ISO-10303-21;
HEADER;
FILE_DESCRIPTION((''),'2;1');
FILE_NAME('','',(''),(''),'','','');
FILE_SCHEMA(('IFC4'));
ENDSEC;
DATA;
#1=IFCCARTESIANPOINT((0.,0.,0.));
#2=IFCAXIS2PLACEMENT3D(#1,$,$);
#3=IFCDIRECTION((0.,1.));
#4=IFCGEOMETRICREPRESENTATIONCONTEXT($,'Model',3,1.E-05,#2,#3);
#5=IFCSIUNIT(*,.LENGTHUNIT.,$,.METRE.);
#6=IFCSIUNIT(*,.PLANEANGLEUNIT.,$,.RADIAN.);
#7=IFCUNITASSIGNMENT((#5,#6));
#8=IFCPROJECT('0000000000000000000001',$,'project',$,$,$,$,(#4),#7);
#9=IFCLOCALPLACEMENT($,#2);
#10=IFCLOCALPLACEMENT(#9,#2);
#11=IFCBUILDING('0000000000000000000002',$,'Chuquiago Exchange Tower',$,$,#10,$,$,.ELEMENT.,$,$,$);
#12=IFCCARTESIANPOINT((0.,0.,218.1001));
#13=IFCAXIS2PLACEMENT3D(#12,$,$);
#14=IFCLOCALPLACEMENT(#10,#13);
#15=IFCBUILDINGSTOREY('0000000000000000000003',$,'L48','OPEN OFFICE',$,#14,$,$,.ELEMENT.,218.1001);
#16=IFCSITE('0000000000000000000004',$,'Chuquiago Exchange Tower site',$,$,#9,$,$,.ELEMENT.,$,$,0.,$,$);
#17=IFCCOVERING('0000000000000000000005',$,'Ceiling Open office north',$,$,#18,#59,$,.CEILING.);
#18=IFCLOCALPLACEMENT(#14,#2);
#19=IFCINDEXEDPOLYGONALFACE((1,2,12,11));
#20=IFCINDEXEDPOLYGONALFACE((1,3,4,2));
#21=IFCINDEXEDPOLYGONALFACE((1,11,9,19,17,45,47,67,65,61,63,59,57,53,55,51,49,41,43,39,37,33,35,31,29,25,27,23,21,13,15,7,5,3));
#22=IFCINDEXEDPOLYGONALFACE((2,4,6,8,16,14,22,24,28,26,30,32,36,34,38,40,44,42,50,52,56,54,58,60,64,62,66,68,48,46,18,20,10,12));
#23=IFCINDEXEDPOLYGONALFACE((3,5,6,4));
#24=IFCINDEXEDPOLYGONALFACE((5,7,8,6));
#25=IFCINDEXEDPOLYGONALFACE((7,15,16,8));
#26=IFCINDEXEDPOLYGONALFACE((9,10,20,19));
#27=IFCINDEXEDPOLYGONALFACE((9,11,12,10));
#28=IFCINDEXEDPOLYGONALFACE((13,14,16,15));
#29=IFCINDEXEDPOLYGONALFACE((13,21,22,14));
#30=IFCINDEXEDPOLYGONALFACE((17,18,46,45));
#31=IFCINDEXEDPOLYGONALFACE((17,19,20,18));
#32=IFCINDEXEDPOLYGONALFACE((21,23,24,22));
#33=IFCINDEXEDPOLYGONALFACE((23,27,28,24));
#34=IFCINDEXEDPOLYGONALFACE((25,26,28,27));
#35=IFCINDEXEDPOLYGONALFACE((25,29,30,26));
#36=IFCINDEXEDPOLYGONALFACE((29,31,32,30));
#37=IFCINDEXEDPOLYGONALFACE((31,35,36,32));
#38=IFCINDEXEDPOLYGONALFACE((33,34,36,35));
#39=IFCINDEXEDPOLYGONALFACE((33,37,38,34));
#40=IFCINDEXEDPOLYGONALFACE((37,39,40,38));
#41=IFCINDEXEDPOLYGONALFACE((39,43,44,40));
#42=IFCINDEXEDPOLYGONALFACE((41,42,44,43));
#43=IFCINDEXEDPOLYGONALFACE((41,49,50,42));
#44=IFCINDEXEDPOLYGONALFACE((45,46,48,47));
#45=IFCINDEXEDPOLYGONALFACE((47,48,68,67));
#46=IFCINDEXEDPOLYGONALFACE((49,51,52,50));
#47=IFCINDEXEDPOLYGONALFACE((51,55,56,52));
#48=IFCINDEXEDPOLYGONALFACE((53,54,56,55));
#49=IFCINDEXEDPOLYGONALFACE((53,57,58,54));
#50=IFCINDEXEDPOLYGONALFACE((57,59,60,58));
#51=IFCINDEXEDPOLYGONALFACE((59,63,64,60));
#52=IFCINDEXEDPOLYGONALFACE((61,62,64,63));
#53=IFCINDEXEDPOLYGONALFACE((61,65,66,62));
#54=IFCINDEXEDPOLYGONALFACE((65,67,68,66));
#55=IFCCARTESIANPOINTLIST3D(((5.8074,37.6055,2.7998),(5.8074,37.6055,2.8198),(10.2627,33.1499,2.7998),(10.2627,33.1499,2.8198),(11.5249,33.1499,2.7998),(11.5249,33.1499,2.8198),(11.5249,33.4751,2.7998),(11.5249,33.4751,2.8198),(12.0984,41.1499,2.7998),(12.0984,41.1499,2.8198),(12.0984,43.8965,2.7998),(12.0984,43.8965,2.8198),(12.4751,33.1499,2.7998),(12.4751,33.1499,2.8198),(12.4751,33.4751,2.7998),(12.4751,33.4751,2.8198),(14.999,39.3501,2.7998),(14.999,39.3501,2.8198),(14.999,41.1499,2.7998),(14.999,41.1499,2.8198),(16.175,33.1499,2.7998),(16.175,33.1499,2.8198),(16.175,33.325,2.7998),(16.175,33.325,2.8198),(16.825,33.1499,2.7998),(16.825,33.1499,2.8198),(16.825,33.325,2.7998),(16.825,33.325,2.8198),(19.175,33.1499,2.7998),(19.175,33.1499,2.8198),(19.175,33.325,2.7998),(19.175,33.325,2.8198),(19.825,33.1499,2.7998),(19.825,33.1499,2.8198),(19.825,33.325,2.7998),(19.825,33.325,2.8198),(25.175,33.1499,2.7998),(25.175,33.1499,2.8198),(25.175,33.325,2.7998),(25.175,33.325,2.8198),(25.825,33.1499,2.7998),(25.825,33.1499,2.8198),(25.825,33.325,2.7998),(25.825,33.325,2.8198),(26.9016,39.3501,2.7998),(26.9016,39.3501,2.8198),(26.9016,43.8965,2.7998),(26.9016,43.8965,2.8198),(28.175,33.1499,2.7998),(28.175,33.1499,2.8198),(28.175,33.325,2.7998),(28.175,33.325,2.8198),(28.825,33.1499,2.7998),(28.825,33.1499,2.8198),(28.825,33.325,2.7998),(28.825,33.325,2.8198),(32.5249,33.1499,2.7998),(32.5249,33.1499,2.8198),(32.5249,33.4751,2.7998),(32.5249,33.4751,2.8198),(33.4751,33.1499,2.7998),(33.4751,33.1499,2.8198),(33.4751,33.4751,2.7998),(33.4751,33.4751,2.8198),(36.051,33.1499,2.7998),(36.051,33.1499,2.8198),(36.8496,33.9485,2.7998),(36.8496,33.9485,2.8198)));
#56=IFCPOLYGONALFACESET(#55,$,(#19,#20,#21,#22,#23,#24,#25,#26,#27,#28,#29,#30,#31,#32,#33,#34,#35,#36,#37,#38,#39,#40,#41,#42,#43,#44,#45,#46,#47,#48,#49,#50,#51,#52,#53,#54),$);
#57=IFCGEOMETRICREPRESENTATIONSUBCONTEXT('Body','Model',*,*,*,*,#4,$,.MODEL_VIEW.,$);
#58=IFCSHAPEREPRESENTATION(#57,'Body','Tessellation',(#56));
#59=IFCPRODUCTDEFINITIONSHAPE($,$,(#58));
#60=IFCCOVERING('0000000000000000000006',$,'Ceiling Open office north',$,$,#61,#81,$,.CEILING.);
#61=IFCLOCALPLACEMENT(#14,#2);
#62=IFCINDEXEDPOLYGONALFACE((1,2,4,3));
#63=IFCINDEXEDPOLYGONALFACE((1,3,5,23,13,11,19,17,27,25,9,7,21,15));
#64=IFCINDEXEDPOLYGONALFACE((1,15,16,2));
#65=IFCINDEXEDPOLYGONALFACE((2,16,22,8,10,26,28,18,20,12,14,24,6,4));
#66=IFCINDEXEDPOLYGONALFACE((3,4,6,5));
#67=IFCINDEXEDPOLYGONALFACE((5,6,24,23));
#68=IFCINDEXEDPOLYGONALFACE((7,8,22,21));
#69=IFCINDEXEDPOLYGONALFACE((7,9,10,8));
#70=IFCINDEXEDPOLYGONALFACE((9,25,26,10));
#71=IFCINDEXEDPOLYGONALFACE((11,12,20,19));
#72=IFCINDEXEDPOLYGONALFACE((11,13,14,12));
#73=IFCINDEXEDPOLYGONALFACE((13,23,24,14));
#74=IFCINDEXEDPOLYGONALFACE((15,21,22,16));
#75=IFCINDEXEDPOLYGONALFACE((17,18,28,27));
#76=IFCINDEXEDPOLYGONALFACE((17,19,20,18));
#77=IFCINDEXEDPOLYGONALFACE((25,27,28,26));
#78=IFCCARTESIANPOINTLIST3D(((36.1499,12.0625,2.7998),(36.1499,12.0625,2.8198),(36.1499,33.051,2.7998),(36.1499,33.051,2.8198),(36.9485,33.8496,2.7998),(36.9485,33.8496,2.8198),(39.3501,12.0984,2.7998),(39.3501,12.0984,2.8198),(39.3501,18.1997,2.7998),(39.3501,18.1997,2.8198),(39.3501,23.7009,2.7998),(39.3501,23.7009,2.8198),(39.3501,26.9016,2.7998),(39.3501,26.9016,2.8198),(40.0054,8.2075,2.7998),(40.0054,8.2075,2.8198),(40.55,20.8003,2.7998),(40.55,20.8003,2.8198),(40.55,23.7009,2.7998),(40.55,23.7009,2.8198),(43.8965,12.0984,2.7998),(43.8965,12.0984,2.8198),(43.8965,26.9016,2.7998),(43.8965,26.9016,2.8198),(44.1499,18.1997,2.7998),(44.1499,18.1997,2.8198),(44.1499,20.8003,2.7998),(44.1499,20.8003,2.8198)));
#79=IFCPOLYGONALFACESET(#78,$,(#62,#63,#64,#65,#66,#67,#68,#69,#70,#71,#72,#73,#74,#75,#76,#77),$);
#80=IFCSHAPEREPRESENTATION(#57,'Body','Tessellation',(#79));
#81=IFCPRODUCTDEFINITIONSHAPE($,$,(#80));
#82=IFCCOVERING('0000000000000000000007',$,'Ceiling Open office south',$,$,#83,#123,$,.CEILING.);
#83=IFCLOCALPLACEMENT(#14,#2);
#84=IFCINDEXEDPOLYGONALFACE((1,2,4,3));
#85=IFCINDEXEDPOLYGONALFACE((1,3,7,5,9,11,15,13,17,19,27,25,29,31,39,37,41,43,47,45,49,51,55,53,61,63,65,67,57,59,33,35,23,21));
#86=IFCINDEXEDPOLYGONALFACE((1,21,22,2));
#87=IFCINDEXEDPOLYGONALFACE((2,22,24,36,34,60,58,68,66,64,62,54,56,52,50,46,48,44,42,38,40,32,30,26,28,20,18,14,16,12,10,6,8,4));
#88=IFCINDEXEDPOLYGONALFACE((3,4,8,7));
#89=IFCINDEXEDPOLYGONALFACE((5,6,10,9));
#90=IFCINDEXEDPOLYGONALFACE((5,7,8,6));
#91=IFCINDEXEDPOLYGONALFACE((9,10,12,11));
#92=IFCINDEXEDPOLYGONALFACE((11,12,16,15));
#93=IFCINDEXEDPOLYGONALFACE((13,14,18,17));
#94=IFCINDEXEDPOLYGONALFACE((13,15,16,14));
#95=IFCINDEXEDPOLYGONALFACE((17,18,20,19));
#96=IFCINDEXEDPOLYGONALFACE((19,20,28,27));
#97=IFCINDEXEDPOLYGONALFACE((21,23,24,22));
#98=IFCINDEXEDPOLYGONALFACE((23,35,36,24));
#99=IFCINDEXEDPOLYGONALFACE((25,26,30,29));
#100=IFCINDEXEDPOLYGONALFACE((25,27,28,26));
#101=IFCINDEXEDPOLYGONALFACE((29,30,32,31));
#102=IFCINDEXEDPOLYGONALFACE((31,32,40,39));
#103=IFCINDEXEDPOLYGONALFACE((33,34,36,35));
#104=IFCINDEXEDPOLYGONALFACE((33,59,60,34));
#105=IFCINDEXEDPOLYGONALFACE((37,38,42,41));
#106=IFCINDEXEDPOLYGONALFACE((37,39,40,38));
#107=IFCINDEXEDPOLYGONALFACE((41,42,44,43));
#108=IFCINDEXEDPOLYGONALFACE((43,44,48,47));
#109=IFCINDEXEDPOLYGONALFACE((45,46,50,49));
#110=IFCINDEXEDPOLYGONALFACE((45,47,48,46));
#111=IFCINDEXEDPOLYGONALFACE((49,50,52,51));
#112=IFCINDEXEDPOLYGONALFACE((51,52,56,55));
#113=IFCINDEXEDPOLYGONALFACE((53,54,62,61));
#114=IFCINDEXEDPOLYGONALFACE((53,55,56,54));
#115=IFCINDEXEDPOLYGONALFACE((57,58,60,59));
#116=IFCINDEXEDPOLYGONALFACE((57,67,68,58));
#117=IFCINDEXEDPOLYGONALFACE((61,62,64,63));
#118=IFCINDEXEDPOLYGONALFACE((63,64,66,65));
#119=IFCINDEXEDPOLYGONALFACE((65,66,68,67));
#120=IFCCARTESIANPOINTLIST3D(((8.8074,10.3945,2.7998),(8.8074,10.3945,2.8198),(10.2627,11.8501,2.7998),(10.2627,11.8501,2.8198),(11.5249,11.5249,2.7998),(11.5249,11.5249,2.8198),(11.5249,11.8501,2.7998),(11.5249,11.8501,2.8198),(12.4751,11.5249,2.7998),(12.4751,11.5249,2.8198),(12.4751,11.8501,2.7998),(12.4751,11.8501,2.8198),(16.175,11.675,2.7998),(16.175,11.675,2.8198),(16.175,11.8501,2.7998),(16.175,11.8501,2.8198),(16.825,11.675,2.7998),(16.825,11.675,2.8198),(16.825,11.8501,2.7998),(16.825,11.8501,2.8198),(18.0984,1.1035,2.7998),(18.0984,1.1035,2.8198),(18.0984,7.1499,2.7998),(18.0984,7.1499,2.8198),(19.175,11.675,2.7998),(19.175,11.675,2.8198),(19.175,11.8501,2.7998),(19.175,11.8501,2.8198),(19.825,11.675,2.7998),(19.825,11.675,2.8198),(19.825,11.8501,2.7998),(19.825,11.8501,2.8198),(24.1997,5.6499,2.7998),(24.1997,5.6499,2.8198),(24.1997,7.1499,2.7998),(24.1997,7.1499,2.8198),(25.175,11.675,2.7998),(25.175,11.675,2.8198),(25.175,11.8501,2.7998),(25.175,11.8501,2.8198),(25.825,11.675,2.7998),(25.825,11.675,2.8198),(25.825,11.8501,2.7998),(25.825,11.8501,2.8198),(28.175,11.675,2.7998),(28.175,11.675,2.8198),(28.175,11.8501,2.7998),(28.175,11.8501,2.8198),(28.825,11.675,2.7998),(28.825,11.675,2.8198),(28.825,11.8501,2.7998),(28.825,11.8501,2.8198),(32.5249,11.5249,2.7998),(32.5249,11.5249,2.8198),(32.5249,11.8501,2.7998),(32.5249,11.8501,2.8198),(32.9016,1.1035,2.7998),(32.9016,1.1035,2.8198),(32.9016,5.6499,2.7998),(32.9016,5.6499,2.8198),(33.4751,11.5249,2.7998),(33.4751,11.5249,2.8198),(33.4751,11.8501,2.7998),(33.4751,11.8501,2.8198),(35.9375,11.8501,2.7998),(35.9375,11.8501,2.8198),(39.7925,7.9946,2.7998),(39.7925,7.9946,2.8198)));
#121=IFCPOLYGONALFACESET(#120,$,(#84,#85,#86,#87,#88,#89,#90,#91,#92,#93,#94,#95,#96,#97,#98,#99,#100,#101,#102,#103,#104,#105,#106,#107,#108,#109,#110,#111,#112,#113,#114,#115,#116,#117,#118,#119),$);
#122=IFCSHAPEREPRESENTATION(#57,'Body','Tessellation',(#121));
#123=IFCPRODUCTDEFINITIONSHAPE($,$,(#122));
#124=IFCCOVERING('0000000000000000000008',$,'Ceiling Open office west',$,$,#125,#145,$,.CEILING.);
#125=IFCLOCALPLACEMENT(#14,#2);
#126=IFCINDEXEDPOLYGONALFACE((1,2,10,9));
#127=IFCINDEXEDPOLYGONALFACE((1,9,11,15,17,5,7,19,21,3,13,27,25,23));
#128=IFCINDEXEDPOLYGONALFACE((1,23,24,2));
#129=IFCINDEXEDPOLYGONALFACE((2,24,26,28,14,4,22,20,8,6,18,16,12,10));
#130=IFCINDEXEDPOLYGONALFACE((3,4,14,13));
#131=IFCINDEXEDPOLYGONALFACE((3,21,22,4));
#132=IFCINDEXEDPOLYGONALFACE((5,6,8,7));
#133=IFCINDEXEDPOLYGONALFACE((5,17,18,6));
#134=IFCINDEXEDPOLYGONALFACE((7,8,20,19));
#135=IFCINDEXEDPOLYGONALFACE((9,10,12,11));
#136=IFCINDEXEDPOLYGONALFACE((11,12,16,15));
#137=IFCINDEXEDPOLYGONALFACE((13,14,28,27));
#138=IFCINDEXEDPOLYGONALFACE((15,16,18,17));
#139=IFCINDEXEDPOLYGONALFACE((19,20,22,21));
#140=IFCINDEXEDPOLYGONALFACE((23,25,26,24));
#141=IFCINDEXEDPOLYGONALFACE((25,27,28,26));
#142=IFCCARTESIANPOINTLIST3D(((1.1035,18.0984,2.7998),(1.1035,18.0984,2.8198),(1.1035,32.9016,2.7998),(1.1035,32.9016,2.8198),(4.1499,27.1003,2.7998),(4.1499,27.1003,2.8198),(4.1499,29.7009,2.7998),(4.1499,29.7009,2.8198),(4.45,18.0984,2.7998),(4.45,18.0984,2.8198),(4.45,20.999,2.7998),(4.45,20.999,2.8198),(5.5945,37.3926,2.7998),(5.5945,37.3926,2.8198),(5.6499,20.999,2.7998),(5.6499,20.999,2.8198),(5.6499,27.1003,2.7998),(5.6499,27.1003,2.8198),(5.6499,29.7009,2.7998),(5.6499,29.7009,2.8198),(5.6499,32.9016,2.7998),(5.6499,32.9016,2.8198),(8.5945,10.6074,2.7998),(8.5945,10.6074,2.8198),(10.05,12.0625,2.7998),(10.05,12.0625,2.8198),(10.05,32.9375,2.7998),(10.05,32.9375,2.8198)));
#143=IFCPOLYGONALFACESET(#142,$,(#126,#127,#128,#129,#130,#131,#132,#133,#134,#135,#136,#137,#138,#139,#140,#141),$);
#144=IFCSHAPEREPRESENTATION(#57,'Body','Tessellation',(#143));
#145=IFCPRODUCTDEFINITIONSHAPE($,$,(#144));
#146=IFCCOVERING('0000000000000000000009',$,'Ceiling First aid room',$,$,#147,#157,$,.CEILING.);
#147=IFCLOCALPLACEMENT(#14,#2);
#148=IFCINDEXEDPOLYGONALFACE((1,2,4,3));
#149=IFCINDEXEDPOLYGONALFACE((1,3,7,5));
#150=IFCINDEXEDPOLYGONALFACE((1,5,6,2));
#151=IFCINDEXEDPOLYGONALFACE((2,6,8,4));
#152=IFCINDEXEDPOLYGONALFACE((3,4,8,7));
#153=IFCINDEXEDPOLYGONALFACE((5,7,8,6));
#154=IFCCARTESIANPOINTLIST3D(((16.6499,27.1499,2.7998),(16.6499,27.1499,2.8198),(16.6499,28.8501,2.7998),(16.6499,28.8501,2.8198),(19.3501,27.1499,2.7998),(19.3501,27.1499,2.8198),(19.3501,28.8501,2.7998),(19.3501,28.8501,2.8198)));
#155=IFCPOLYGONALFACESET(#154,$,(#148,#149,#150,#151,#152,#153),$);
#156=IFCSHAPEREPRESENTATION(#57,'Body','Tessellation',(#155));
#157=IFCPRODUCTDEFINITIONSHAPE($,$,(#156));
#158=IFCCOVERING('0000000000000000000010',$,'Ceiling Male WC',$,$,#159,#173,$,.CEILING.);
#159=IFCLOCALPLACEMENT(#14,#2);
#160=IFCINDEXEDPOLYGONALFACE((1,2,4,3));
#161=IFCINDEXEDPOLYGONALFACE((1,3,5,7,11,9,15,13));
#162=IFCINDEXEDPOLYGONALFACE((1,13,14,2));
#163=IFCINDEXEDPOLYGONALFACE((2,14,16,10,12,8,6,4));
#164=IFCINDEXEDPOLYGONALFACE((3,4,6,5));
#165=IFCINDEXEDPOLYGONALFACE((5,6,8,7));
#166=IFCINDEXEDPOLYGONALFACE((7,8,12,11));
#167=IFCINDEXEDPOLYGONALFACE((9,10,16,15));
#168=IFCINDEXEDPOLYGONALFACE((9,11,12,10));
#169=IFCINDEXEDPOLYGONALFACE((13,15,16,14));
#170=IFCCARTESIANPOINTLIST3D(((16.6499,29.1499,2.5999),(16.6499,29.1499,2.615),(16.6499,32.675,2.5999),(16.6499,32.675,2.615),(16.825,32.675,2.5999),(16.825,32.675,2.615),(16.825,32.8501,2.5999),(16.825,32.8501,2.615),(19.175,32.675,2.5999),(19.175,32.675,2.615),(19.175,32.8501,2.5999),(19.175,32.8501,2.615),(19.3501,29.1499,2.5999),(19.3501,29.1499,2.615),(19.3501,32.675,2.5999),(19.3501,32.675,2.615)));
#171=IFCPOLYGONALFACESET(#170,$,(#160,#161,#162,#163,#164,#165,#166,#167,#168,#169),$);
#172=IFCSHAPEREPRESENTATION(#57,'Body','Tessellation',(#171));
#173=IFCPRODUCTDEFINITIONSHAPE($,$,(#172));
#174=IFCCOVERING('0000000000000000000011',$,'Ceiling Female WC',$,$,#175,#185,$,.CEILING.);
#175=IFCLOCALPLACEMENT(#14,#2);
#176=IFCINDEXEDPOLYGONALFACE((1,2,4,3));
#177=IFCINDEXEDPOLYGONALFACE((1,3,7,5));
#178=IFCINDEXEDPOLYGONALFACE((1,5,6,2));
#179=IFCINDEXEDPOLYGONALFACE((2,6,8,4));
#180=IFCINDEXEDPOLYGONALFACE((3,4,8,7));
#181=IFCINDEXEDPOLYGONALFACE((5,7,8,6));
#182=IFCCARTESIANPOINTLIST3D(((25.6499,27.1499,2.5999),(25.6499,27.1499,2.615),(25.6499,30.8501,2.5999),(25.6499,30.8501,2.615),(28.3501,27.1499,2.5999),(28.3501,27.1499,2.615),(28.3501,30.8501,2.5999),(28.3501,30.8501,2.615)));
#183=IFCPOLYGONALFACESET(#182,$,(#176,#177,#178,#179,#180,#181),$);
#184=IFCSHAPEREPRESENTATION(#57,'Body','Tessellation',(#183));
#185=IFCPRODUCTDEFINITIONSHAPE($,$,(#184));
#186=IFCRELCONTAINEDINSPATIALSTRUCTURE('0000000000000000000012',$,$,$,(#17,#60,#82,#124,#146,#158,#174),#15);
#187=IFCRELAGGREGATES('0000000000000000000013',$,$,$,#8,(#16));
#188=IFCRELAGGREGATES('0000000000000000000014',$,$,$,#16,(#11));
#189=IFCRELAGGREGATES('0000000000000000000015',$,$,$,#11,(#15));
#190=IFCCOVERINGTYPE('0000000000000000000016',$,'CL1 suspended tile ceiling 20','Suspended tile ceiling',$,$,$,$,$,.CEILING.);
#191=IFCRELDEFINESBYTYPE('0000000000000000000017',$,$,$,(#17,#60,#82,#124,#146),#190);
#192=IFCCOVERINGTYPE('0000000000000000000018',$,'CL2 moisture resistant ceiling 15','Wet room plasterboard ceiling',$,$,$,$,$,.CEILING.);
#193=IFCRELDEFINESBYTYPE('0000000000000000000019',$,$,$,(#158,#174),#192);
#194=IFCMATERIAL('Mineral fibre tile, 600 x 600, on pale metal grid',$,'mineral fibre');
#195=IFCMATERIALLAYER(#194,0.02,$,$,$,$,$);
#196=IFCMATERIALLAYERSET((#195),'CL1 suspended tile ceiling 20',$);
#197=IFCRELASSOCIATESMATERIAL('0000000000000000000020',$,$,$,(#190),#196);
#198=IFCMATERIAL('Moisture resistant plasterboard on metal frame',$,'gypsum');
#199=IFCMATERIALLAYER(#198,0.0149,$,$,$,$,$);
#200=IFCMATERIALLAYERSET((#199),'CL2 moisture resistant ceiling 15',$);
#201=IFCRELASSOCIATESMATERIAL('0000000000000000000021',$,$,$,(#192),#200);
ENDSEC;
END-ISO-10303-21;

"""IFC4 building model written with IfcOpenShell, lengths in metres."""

from ifc_helpers import new_model, si_unit, direction, frame, origin, place, context, subcontext, project, spatial, polyline, outline, extrude, material, layer, layer_set, type_object, element, save


model = new_model("IFC4")

# Units and contexts
model_context = context("Model", 3, precision=1e-05, world=origin(), true_north=direction((0.0, 1.0)))
body_context = subcontext(model_context, "Body", "Model", "MODEL_VIEW")
ifc_project = project(units=[si_unit("LENGTHUNIT", "METRE"), si_unit("PLANEANGLEUNIT", "RADIAN")], contexts=[model_context])

# Site, building, storey
site_placement = place(None, origin())
site = spatial("IfcSite", under=ifc_project, at=site_placement, Name="Chuquiago Exchange Tower site", CompositionType="ELEMENT", RefElevation=0.0)
building_placement = place(site_placement, origin())
building = spatial("IfcBuilding", under=site, at=building_placement, Name="Chuquiago Exchange Tower", CompositionType="ELEMENT")
storey_placement = place(building_placement, frame((0.0, 0.0, 218.1001)))
storey = spatial("IfcBuildingStorey", under=building, at=storey_placement, Name="L48", Description="OPEN OFFICE", CompositionType="ELEMENT", Elevation=218.1001)

# Coverings
ifc_material_1 = material(Name="Mineral fibre tile, 600 x 600, on pale metal grid", Category="mineral fibre")
ifc_layer_1 = layer(ifc_material_1, 0.02)
ifc_layer_set_1 = layer_set([ifc_layer_1], Name="CL1 suspended tile ceiling 20")
covering_type_1 = type_object("IfcCoveringType", Name="CL1 suspended tile ceiling 20", Description="Suspended tile ceiling", PredefinedType="CEILING", material=ifc_layer_set_1)
covering_1_placement = place(storey_placement, frame((0.0, 0.0, 2.7998)))
element("IfcCovering", 1, at=covering_1_placement, inside=storey, type_object=covering_type_1, Name="Ceiling Open office north", PredefinedType="CEILING", context=body_context, shape_type="SweptSolid", body=[
    extrude(outline(polyline([(14.999, 41.1499), (14.999, 39.3501), (26.9016, 39.3501), (26.9016, 43.8965), (36.8496, 33.9485), (36.051, 33.1499), (33.4751, 33.1499), (33.4751, 33.4751), (32.5249, 33.4751), (32.5249, 33.1499), (28.825, 33.1499), (28.825, 33.325), (28.175, 33.325), (28.175, 33.1499), (25.825, 33.1499), (25.825, 33.325), (25.175, 33.325), (25.175, 33.1499), (19.825, 33.1499), (19.825, 33.325), (19.175, 33.325), (19.175, 33.1499), (16.825, 33.1499), (16.825, 33.325), (16.175, 33.325), (16.175, 33.1499), (12.4751, 33.1499), (12.4751, 33.4751), (11.5249, 33.4751), (11.5249, 33.1499), (10.2627, 33.1499), (5.8074, 37.6055), (12.0984, 43.8965), (12.0984, 41.1499), (14.999, 41.1499)])), origin(), (0.0, 0.0, 1.0), 0.02),
])
covering_2_placement = place(storey_placement, frame((0.0, 0.0, 2.7998)))
element("IfcCovering", 2, at=covering_2_placement, inside=storey, type_object=covering_type_1, Name="Ceiling Open office north", PredefinedType="CEILING", context=body_context, shape_type="SweptSolid", body=[
    extrude(outline(polyline([(43.8965, 26.9016), (39.3501, 26.9016), (39.3501, 23.7009), (40.55, 23.7009), (40.55, 20.8003), (44.1499, 20.8003), (44.1499, 18.1997), (39.3501, 18.1997), (39.3501, 12.0984), (43.8965, 12.0984), (40.0054, 8.2075), (36.1499, 12.0625), (36.1499, 33.051), (36.9485, 33.8496), (43.8965, 26.9016)])), origin(), (0.0, 0.0, 1.0), 0.02),
])
covering_3_placement = place(storey_placement, frame((0.0, 0.0, 2.7998)))
element("IfcCovering", 3, at=covering_3_placement, inside=storey, type_object=covering_type_1, Name="Ceiling Open office south", PredefinedType="CEILING", context=body_context, shape_type="SweptSolid", body=[
    extrude(outline(polyline([(32.9016, 5.6499), (24.1997, 5.6499), (24.1997, 7.1499), (18.0984, 7.1499), (18.0984, 1.1035), (8.8074, 10.3945), (10.2627, 11.8501), (11.5249, 11.8501), (11.5249, 11.5249), (12.4751, 11.5249), (12.4751, 11.8501), (16.175, 11.8501), (16.175, 11.675), (16.825, 11.675), (16.825, 11.8501), (19.175, 11.8501), (19.175, 11.675), (19.825, 11.675), (19.825, 11.8501), (25.175, 11.8501), (25.175, 11.675), (25.825, 11.675), (25.825, 11.8501), (28.175, 11.8501), (28.175, 11.675), (28.825, 11.675), (28.825, 11.8501), (32.5249, 11.8501), (32.5249, 11.5249), (33.4751, 11.5249), (33.4751, 11.8501), (35.9375, 11.8501), (39.7925, 7.9946), (32.9016, 1.1035), (32.9016, 5.6499)])), origin(), (0.0, 0.0, 1.0), 0.02),
])
covering_4_placement = place(storey_placement, frame((0.0, 0.0, 2.7998)))
element("IfcCovering", 4, at=covering_4_placement, inside=storey, type_object=covering_type_1, Name="Ceiling Open office west", PredefinedType="CEILING", context=body_context, shape_type="SweptSolid", body=[
    extrude(outline(polyline([(4.45, 18.0984), (4.45, 20.999), (5.6499, 20.999), (5.6499, 27.1003), (4.1499, 27.1003), (4.1499, 29.7009), (5.6499, 29.7009), (5.6499, 32.9016), (1.1035, 32.9016), (5.5945, 37.3926), (10.05, 32.9375), (10.05, 12.0625), (8.5945, 10.6074), (1.1035, 18.0984), (4.45, 18.0984)])), origin(), (0.0, 0.0, 1.0), 0.02),
])
covering_5_placement = place(storey_placement, frame((0.0, 0.0, 2.7998)))
element("IfcCovering", 5, at=covering_5_placement, inside=storey, type_object=covering_type_1, Name="Ceiling First aid room", PredefinedType="CEILING", context=body_context, shape_type="SweptSolid", body=[
    extrude(outline(polyline([(16.6499, 27.1499), (16.6499, 28.8501), (19.3501, 28.8501), (19.3501, 27.1499), (16.6499, 27.1499)])), origin(), (0.0, 0.0, 1.0), 0.02),
])
ifc_material_2 = material(Name="Moisture resistant plasterboard on metal frame", Category="gypsum")
ifc_layer_2 = layer(ifc_material_2, 0.0149)
ifc_layer_set_2 = layer_set([ifc_layer_2], Name="CL2 moisture resistant ceiling 15")
covering_type_2 = type_object("IfcCoveringType", Name="CL2 moisture resistant ceiling 15", Description="Wet room plasterboard ceiling", PredefinedType="CEILING", material=ifc_layer_set_2)
covering_6_placement = place(storey_placement, frame((0.0, 0.0, 2.5999)))
element("IfcCovering", 6, at=covering_6_placement, inside=storey, type_object=covering_type_2, Name="Ceiling Male WC", PredefinedType="CEILING", context=body_context, shape_type="SweptSolid", body=[
    extrude(outline(polyline([(16.6499, 29.1499), (16.6499, 32.675), (16.825, 32.675), (16.825, 32.8501), (19.175, 32.8501), (19.175, 32.675), (19.3501, 32.675), (19.3501, 29.1499), (16.6499, 29.1499)])), origin(), (0.0, 0.0, 1.0), 0.0151),
])
covering_7_placement = place(storey_placement, frame((0.0, 0.0, 2.5999)))
element("IfcCovering", 7, at=covering_7_placement, inside=storey, type_object=covering_type_2, Name="Ceiling Female WC", PredefinedType="CEILING", context=body_context, shape_type="SweptSolid", body=[
    extrude(outline(polyline([(25.6499, 27.1499), (25.6499, 30.8501), (28.3501, 30.8501), (28.3501, 27.1499), (25.6499, 27.1499)])), origin(), (0.0, 0.0, 1.0), 0.0151),
])

save(model, "model.ifc")
